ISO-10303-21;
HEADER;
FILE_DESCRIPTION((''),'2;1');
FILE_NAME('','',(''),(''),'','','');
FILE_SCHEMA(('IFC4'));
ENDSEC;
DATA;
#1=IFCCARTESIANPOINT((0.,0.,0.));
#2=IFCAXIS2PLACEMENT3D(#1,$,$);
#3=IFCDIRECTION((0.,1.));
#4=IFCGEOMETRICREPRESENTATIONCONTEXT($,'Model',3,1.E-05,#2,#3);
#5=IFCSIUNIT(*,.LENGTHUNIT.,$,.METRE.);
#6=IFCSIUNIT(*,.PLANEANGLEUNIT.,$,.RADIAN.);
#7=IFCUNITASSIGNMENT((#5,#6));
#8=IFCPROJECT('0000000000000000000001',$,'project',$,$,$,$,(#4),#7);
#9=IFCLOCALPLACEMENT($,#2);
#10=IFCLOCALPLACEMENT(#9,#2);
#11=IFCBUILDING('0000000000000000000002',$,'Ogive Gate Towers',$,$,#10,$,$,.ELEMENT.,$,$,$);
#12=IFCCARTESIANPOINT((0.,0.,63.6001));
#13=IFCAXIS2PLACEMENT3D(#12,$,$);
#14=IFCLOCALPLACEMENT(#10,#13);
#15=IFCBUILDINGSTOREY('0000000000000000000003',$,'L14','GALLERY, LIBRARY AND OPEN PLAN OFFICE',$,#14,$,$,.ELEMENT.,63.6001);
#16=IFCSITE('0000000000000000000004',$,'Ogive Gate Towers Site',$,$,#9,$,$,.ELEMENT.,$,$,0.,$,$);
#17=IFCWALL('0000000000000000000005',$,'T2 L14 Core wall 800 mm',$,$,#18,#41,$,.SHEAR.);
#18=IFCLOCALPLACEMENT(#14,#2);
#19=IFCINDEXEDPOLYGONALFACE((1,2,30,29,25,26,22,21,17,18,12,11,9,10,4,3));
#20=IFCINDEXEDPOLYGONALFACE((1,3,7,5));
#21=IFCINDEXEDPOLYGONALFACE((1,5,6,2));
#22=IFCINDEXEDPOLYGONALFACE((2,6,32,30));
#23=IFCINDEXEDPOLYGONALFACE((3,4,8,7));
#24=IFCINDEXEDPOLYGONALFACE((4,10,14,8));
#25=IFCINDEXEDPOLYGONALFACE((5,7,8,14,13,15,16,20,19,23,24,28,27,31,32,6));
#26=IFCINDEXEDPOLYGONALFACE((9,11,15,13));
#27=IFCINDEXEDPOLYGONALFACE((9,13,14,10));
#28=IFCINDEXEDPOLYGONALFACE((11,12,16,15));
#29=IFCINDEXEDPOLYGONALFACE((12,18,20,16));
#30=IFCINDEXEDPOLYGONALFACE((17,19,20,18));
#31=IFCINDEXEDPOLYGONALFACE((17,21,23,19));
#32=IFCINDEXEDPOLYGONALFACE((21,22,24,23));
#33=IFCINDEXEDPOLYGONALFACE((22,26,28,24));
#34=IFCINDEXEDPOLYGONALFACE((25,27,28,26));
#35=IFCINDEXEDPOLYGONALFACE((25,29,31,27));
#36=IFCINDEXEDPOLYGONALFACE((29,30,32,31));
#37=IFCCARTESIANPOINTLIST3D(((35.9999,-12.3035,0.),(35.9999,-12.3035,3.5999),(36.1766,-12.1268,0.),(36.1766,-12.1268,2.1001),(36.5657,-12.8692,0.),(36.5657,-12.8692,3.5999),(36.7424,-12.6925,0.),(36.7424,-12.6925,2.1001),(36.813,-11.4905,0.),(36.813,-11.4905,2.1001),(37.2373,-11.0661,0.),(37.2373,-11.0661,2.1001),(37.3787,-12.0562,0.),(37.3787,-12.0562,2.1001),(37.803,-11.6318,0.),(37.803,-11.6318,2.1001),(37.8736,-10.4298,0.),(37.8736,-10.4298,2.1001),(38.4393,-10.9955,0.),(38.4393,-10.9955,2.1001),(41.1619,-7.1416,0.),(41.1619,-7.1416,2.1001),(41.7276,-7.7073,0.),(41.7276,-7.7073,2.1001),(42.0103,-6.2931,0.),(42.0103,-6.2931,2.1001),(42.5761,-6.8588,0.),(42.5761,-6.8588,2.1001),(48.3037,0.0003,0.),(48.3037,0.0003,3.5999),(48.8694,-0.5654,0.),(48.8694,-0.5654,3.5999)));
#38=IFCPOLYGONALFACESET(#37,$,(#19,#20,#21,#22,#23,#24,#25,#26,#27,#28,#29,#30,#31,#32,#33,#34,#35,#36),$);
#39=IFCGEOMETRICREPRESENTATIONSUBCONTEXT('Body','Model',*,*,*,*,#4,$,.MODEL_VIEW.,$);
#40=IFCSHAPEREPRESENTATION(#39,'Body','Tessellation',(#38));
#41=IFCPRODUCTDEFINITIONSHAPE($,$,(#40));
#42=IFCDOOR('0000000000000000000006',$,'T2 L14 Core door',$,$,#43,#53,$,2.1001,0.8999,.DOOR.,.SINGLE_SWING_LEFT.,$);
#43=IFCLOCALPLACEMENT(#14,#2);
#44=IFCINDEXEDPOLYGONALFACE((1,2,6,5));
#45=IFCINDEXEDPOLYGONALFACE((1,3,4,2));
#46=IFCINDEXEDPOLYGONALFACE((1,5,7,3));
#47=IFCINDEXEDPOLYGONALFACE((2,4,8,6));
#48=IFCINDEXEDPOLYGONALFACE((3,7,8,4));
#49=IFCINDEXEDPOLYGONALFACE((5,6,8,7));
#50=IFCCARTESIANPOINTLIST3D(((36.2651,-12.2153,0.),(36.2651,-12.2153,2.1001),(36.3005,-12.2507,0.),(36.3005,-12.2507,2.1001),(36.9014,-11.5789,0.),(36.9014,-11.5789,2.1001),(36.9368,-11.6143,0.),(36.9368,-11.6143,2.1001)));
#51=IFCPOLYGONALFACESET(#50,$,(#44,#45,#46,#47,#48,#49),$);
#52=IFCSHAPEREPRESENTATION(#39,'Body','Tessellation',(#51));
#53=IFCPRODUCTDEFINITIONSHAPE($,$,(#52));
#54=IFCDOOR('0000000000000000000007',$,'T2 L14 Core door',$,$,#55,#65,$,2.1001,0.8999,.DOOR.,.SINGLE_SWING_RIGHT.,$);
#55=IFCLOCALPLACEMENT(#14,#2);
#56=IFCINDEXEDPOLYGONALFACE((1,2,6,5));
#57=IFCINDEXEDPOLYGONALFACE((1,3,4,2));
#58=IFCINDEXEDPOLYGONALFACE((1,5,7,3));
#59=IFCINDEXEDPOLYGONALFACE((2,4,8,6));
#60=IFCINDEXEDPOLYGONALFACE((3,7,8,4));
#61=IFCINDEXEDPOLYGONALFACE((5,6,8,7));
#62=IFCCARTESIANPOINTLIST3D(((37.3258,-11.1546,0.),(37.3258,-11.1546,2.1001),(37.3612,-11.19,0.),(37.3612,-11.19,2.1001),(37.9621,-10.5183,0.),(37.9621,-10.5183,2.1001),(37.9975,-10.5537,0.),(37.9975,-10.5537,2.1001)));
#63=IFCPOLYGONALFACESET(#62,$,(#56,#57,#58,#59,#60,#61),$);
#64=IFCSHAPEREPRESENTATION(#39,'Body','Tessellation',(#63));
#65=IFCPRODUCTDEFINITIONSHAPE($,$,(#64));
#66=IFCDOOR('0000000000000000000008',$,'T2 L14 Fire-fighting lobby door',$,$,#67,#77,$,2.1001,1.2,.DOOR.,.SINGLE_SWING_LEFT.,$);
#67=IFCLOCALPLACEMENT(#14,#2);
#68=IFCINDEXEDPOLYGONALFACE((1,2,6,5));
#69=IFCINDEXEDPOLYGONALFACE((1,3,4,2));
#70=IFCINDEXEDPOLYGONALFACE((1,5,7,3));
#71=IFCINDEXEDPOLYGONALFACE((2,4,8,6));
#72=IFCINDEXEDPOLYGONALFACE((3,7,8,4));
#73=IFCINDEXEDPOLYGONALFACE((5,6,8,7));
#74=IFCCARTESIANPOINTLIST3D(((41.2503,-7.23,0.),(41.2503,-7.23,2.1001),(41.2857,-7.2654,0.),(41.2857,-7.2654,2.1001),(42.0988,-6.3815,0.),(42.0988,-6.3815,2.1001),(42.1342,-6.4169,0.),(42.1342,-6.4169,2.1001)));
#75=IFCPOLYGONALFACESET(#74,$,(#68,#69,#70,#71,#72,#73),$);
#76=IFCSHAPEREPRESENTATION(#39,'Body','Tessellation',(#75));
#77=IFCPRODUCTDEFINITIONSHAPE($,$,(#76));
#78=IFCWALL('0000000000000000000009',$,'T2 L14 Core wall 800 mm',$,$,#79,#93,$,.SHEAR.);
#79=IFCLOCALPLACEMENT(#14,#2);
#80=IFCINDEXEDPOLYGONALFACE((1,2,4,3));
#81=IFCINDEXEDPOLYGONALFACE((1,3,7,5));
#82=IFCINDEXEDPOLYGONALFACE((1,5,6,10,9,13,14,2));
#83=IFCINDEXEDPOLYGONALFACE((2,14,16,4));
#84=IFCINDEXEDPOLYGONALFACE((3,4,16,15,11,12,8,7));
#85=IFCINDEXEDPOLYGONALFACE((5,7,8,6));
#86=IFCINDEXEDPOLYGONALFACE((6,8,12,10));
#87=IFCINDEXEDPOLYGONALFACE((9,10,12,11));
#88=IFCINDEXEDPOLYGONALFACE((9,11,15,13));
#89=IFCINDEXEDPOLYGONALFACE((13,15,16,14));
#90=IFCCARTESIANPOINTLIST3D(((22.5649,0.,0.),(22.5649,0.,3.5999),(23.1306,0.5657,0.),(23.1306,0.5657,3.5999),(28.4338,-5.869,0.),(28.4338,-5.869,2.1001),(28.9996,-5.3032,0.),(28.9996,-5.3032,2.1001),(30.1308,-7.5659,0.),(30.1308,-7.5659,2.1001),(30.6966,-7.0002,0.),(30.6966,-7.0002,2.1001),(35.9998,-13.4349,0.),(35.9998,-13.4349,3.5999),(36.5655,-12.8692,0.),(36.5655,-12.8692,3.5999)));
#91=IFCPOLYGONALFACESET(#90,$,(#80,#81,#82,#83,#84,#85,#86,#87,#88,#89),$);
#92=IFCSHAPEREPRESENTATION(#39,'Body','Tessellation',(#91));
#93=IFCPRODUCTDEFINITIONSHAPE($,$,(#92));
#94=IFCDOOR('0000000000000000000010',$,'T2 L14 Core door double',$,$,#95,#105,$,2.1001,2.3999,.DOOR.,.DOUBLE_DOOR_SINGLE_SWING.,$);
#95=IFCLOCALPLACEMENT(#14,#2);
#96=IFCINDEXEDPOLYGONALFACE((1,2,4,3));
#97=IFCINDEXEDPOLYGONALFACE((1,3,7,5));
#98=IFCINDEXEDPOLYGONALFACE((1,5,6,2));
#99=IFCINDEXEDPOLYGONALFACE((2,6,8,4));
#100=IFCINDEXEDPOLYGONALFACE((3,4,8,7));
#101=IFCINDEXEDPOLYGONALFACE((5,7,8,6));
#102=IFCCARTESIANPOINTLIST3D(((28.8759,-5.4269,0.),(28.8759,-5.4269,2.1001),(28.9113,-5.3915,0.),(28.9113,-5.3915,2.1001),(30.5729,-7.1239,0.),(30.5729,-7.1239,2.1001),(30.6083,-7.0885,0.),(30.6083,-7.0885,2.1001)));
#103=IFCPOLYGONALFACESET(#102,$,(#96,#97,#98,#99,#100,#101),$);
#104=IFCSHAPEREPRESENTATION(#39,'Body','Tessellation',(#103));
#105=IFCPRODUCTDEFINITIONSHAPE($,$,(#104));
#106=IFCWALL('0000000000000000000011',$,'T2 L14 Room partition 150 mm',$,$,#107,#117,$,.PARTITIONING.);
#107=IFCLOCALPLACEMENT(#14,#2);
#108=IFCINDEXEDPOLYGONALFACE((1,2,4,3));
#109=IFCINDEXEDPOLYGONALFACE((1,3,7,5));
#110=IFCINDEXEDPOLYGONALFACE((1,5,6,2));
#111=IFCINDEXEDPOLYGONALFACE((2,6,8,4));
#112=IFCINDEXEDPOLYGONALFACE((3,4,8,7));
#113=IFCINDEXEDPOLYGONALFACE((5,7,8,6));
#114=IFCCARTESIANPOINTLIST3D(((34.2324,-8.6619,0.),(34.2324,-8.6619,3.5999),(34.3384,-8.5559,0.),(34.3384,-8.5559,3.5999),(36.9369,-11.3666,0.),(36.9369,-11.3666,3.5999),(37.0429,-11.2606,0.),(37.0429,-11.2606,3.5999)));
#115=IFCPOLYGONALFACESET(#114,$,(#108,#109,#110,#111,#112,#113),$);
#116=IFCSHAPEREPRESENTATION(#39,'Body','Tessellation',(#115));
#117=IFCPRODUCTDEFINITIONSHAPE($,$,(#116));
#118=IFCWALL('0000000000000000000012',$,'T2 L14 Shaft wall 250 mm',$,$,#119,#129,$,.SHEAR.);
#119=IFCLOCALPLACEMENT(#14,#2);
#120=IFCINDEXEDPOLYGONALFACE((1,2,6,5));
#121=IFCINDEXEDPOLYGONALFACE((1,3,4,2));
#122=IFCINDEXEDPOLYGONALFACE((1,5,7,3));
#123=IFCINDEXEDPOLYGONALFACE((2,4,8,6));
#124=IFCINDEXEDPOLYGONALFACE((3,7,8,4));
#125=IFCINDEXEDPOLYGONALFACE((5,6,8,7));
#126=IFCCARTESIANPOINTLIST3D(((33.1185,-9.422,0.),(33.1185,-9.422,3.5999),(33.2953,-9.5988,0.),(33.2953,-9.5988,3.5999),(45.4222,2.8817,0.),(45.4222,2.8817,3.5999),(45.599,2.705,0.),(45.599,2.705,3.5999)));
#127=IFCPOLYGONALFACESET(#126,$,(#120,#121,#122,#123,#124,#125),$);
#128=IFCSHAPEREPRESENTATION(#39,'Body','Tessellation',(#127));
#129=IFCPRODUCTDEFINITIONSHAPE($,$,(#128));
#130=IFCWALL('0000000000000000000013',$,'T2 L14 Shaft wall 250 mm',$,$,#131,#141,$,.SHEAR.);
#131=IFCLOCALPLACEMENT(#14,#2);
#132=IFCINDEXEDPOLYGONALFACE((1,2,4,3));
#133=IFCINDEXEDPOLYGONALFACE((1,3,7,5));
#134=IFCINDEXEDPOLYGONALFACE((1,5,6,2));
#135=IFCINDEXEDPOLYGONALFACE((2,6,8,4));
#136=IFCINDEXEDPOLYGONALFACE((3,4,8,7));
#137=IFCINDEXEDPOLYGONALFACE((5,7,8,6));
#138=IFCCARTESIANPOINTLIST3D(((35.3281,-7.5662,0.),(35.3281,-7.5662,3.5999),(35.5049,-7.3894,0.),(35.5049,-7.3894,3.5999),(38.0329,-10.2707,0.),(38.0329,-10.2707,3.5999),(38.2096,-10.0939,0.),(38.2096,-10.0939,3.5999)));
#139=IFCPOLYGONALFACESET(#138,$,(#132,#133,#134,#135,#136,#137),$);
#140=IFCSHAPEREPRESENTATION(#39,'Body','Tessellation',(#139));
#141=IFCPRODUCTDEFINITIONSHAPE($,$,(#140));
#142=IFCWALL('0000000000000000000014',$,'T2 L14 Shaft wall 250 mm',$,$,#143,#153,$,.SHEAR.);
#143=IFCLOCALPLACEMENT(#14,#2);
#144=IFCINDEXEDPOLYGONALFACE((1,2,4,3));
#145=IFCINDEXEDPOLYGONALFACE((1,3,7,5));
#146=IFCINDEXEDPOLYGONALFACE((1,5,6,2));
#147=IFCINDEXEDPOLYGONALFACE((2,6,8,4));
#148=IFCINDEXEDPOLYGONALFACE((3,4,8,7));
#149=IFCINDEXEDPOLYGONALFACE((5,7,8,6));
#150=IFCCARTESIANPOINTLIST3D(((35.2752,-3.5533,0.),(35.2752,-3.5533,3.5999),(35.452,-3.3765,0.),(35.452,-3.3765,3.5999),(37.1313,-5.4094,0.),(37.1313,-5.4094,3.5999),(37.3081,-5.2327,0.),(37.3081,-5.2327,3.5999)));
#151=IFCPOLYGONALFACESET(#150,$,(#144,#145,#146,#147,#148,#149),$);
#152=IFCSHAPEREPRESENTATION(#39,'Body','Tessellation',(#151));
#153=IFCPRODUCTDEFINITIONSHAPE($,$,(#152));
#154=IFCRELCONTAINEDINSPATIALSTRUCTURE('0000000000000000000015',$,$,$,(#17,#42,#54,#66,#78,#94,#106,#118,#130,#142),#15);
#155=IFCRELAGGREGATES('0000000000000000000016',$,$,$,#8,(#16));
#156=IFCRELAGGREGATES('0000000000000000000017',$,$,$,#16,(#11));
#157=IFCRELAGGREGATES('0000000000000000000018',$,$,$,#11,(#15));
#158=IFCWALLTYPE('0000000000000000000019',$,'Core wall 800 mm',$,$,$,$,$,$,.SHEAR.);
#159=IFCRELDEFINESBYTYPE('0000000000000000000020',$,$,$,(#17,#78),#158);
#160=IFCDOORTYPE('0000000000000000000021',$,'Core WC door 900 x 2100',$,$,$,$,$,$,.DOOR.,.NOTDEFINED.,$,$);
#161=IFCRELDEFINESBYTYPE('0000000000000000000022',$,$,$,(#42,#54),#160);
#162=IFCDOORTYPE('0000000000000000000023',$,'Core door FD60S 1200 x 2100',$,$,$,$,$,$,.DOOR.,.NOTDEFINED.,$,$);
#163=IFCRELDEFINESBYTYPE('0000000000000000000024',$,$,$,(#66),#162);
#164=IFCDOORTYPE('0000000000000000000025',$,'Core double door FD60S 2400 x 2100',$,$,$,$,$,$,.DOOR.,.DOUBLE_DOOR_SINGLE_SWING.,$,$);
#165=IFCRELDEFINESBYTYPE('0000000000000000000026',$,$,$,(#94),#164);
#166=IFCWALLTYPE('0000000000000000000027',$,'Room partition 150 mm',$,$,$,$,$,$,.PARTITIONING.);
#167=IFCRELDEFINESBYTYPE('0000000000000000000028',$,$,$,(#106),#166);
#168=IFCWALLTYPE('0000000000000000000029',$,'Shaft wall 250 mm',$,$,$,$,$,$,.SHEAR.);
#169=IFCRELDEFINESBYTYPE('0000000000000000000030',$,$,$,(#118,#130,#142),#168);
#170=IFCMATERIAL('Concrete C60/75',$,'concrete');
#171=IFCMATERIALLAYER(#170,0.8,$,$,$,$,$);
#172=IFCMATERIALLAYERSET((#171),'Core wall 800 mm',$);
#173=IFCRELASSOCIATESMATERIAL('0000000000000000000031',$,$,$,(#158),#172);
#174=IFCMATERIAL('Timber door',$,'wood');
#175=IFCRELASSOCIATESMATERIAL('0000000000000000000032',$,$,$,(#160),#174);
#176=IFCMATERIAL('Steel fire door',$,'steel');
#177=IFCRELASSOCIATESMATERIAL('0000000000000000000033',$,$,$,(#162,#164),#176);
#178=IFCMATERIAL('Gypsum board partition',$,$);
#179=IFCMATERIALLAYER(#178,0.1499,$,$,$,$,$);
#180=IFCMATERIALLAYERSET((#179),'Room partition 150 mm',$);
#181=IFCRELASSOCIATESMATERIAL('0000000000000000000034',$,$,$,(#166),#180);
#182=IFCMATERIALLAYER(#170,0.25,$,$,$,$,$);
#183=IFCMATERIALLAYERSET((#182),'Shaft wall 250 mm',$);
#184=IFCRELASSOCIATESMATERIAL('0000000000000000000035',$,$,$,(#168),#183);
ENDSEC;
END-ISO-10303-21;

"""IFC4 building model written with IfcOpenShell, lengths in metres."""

from ifc_helpers import new_model, si_unit, direction, frame, frame_2d, origin, place, context, subcontext, project, spatial, rectangle, extrude, material, layer, layer_set, type_object, element, fill, save


model = new_model("IFC4")

# Units and contexts
model_context = context("Model", 3, precision=1e-05, world=origin(), true_north=direction((0.0, 1.0)))
body_context = subcontext(model_context, "Body", "Model", "MODEL_VIEW")
ifc_project = project(units=[si_unit("LENGTHUNIT", "METRE"), si_unit("PLANEANGLEUNIT", "RADIAN")], contexts=[model_context])

# Site, building, storey
site_placement = place(None, origin())
site = spatial("IfcSite", under=ifc_project, at=site_placement, Name="Ogive Gate Towers Site", CompositionType="ELEMENT", RefElevation=0.0)
building_placement = place(site_placement, origin())
building = spatial("IfcBuilding", under=site, at=building_placement, Name="Ogive Gate Towers", CompositionType="ELEMENT")
storey_placement = place(building_placement, frame((0.0, 0.0, 63.6001)))
storey = spatial("IfcBuildingStorey", under=building, at=storey_placement, Name="L14", Description="GALLERY, LIBRARY AND OPEN PLAN OFFICE", CompositionType="ELEMENT", Elevation=63.6001)

# Wall, openings, doors
ifc_material_1 = material(Name="Concrete C60/75", Category="concrete")
ifc_layer_1 = layer(ifc_material_1, 0.8)
ifc_layer_set_1 = layer_set([ifc_layer_1], Name="Core wall 800 mm")
wall_type_1 = type_object("IfcWallType", Name="Core wall 800 mm", PredefinedType="SHEAR", material=ifc_layer_set_1)
wall_1_placement = place(storey_placement, frame((36.2827, -12.5864, 0.0), z_axis=(0.0, 0.0, 1.0), x_axis=(0.707107, 0.707107, 0.0)))
wall_1 = element("IfcWall", 1, at=wall_1_placement, inside=storey, type_object=wall_type_1, Name="T2 L14 Core wall 800 mm", PredefinedType="SHEAR", context=body_context, shape_type="SweptSolid", body=[
    extrude(rectangle(XDim=17.4001, YDim=0.8, at=frame_2d((8.7002, 0.0))), origin(), (0.0, 0.0, 1.0), 3.5999),
])
opening_1_placement = place(wall_1_placement, frame((7.3, 0.0, 0.0)))
opening_1 = element("IfcOpeningElement", 2, at=opening_1_placement, cuts=wall_1, PredefinedType="OPENING", context=body_context, shape_type="SweptSolid", body=[
    extrude(rectangle(XDim=1.2, YDim=2.1001, at=frame_2d((0.6001, 1.05))), frame((0.0, 0.4102, 0.0), z_axis=(0.0, -1.0, 0.0), x_axis=(1.0, 0.0, 0.0)), (0.0, 0.0, 1.0), 0.8201),
])
opening_2_placement = place(wall_1_placement, frame((0.25, 0.0, 0.0)))
opening_2 = element("IfcOpeningElement", 3, at=opening_2_placement, cuts=wall_1, PredefinedType="OPENING", context=body_context, shape_type="SweptSolid", body=[
    extrude(rectangle(XDim=0.8999, YDim=2.1001, at=frame_2d((0.45, 1.05))), frame((0.0, 0.4102, 0.0), z_axis=(0.0, -1.0, 0.0), x_axis=(1.0, 0.0, 0.0)), (0.0, 0.0, 1.0), 0.8201),
])
opening_3_placement = place(wall_1_placement, frame((1.75, 0.0, 0.0)))
opening_3 = element("IfcOpeningElement", 4, at=opening_3_placement, cuts=wall_1, PredefinedType="OPENING", context=body_context, shape_type="SweptSolid", body=[
    extrude(rectangle(XDim=0.8999, YDim=2.1001, at=frame_2d((0.45, 1.05))), frame((0.0, 0.4102, 0.0), z_axis=(0.0, -1.0, 0.0), x_axis=(1.0, 0.0, 0.0)), (0.0, 0.0, 1.0), 0.8201),
])
ifc_material_2 = material(Name="Timber door", Category="wood")
door_type_1 = type_object("IfcDoorType", Name="Core WC door 900 x 2100", OperationType="NOTDEFINED", PredefinedType="DOOR", material=ifc_material_2)
door_1_placement = place(opening_2_placement, origin())
door_1 = element("IfcDoor", 5, at=door_1_placement, inside=storey, type_object=door_type_1, Name="T2 L14 Core door", OperationType="SINGLE_SWING_LEFT", OverallHeight=2.1001, OverallWidth=0.8999, PredefinedType="DOOR", context=body_context, shape_type="SweptSolid", body=[
    extrude(rectangle(XDim=0.8999, YDim=2.1001, at=frame_2d((0.45, 1.05))), frame((0.0, 0.2749, 0.0), z_axis=(0.0, -1.0, 0.0), x_axis=(1.0, 0.0, 0.0)), (0.0, 0.0, 1.0), 0.05),
])
fill(opening_2, door_1)
door_2_placement = place(opening_3_placement, origin())
door_2 = element("IfcDoor", 6, at=door_2_placement, inside=storey, type_object=door_type_1, Name="T2 L14 Core door", OperationType="SINGLE_SWING_RIGHT", OverallHeight=2.1001, OverallWidth=0.8999, PredefinedType="DOOR", context=body_context, shape_type="SweptSolid", body=[
    extrude(rectangle(XDim=0.8999, YDim=2.1001, at=frame_2d((0.45, 1.05))), frame((0.0, 0.2749, 0.0), z_axis=(0.0, -1.0, 0.0), x_axis=(1.0, 0.0, 0.0)), (0.0, 0.0, 1.0), 0.05),
])
fill(opening_3, door_2)
ifc_material_3 = material(Name="Steel fire door", Category="steel")
door_type_2 = type_object("IfcDoorType", Name="Core door FD60S 1200 x 2100", OperationType="NOTDEFINED", PredefinedType="DOOR", material=ifc_material_3)
door_3_placement = place(opening_1_placement, origin())
door_3 = element("IfcDoor", 7, at=door_3_placement, inside=storey, type_object=door_type_2, Name="T2 L14 Fire-fighting lobby door", OperationType="SINGLE_SWING_LEFT", OverallHeight=2.1001, OverallWidth=1.2, PredefinedType="DOOR", context=body_context, shape_type="SweptSolid", body=[
    extrude(rectangle(XDim=1.2, YDim=2.1001, at=frame_2d((0.6001, 1.05))), frame((0.0, 0.2749, 0.0), z_axis=(0.0, -1.0, 0.0), x_axis=(1.0, 0.0, 0.0)), (0.0, 0.0, 1.0), 0.05),
])
fill(opening_1, door_3)

# Wall, opening, door
wall_2_placement = place(storey_placement, frame((36.2827, -13.1521, 0.0), z_axis=(0.0, 0.0, 1.0), x_axis=(-0.707107, 0.707107, 0.0)))
wall_2 = element("IfcWall", 8, at=wall_2_placement, inside=storey, type_object=wall_type_1, Name="T2 L14 Core wall 800 mm", PredefinedType="SHEAR", context=body_context, shape_type="SweptSolid", body=[
    extrude(rectangle(XDim=18.9998, YDim=0.8, at=frame_2d((9.5, 0.0))), origin(), (0.0, 0.0, 1.0), 3.5999),
])
opening_4_placement = place(wall_2_placement, frame((8.3, 0.0, 0.0)))
opening_4 = element("IfcOpeningElement", 9, at=opening_4_placement, cuts=wall_2, PredefinedType="OPENING", context=body_context, shape_type="SweptSolid", body=[
    extrude(rectangle(XDim=2.3999, YDim=2.1001, at=frame_2d((1.2, 1.05))), frame((0.0, 0.4102, 0.0), z_axis=(0.0, -1.0, 0.0), x_axis=(1.0, 0.0, 0.0)), (0.0, 0.0, 1.0), 0.8201),
])
door_type_3 = type_object("IfcDoorType", Name="Core double door FD60S 2400 x 2100", OperationType="DOUBLE_DOOR_SINGLE_SWING", PredefinedType="DOOR", material=ifc_material_3)
door_4_placement = place(opening_4_placement, origin())
door_4 = element("IfcDoor", 10, at=door_4_placement, inside=storey, type_object=door_type_3, Name="T2 L14 Core door double", OperationType="DOUBLE_DOOR_SINGLE_SWING", OverallHeight=2.1001, OverallWidth=2.3999, PredefinedType="DOOR", context=body_context, shape_type="SweptSolid", body=[
    extrude(rectangle(XDim=2.3999, YDim=2.1001, at=frame_2d((1.2, 1.05))), frame((0.0, -0.2251, 0.0), z_axis=(0.0, -1.0, 0.0), x_axis=(1.0, 0.0, 0.0)), (0.0, 0.0, 1.0), 0.05),
])
fill(opening_4, door_4)

# Walls
ifc_material_4 = material(Name="Gypsum board partition")
ifc_layer_2 = layer(ifc_material_4, 0.1499)
ifc_layer_set_2 = layer_set([ifc_layer_2], Name="Room partition 150 mm")
wall_type_2 = type_object("IfcWallType", Name="Room partition 150 mm", PredefinedType="PARTITIONING", material=ifc_layer_set_2)
wall_3_placement = place(storey_placement, frame((36.99, -11.3137, 0.0), z_axis=(0.0, 0.0, 1.0), x_axis=(-0.707075, 0.707139, 0.0)))
element("IfcWall", 11, at=wall_3_placement, inside=storey, type_object=wall_type_2, Name="T2 L14 Room partition 150 mm", PredefinedType="PARTITIONING", context=body_context, shape_type="SweptSolid", body=[
    extrude(rectangle(XDim=3.825, YDim=0.1499, at=frame_2d((1.9126, 0.0))), origin(), (0.0, 0.0, 1.0), 3.5999),
])
ifc_layer_3 = layer(ifc_material_1, 0.25)
ifc_layer_set_3 = layer_set([ifc_layer_3], Name="Shaft wall 250 mm")
wall_type_3 = type_object("IfcWallType", Name="Shaft wall 250 mm", PredefinedType="SHEAR", material=ifc_layer_set_3)
wall_4_placement = place(storey_placement, frame((33.2068, -9.5105, 0.0), z_axis=(0.0, 0.0, 1.0), x_axis=(0.707107, 0.707107, 0.0)))
element("IfcWall", 12, at=wall_4_placement, inside=storey, type_object=wall_type_3, Name="T2 L14 Shaft wall 250 mm", PredefinedType="SHEAR", context=body_context, shape_type="SweptSolid", body=[
    extrude(rectangle(XDim=17.4001, YDim=0.25, at=frame_2d((8.7002, 0.0))), origin(), (0.0, 0.0, 1.0), 3.5999),
])
wall_5_placement = place(storey_placement, frame((38.1213, -10.1824, 0.0), z_axis=(0.0, 0.0, 1.0), x_axis=(-0.707139, 0.707075, 0.0)))
element("IfcWall", 13, at=wall_5_placement, inside=storey, type_object=wall_type_3, Name="T2 L14 Shaft wall 250 mm", PredefinedType="SHEAR", context=body_context, shape_type="SweptSolid", body=[
    extrude(rectangle(XDim=3.825, YDim=0.25, at=frame_2d((1.9126, 0.0))), origin(), (0.0, 0.0, 1.0), 3.5999),
])
wall_6_placement = place(storey_placement, frame((37.2197, -5.321, 0.0), z_axis=(0.0, 0.0, 1.0), x_axis=(-0.707107, 0.707107, 0.0)))
element("IfcWall", 14, at=wall_6_placement, inside=storey, type_object=wall_type_3, Name="T2 L14 Shaft wall 250 mm", PredefinedType="SHEAR", context=body_context, shape_type="SweptSolid", body=[
    extrude(rectangle(XDim=2.625, YDim=0.25, at=frame_2d((1.3125, 0.0))), origin(), (0.0, 0.0, 1.0), 3.5999),
])

save(model, "model.ifc")
